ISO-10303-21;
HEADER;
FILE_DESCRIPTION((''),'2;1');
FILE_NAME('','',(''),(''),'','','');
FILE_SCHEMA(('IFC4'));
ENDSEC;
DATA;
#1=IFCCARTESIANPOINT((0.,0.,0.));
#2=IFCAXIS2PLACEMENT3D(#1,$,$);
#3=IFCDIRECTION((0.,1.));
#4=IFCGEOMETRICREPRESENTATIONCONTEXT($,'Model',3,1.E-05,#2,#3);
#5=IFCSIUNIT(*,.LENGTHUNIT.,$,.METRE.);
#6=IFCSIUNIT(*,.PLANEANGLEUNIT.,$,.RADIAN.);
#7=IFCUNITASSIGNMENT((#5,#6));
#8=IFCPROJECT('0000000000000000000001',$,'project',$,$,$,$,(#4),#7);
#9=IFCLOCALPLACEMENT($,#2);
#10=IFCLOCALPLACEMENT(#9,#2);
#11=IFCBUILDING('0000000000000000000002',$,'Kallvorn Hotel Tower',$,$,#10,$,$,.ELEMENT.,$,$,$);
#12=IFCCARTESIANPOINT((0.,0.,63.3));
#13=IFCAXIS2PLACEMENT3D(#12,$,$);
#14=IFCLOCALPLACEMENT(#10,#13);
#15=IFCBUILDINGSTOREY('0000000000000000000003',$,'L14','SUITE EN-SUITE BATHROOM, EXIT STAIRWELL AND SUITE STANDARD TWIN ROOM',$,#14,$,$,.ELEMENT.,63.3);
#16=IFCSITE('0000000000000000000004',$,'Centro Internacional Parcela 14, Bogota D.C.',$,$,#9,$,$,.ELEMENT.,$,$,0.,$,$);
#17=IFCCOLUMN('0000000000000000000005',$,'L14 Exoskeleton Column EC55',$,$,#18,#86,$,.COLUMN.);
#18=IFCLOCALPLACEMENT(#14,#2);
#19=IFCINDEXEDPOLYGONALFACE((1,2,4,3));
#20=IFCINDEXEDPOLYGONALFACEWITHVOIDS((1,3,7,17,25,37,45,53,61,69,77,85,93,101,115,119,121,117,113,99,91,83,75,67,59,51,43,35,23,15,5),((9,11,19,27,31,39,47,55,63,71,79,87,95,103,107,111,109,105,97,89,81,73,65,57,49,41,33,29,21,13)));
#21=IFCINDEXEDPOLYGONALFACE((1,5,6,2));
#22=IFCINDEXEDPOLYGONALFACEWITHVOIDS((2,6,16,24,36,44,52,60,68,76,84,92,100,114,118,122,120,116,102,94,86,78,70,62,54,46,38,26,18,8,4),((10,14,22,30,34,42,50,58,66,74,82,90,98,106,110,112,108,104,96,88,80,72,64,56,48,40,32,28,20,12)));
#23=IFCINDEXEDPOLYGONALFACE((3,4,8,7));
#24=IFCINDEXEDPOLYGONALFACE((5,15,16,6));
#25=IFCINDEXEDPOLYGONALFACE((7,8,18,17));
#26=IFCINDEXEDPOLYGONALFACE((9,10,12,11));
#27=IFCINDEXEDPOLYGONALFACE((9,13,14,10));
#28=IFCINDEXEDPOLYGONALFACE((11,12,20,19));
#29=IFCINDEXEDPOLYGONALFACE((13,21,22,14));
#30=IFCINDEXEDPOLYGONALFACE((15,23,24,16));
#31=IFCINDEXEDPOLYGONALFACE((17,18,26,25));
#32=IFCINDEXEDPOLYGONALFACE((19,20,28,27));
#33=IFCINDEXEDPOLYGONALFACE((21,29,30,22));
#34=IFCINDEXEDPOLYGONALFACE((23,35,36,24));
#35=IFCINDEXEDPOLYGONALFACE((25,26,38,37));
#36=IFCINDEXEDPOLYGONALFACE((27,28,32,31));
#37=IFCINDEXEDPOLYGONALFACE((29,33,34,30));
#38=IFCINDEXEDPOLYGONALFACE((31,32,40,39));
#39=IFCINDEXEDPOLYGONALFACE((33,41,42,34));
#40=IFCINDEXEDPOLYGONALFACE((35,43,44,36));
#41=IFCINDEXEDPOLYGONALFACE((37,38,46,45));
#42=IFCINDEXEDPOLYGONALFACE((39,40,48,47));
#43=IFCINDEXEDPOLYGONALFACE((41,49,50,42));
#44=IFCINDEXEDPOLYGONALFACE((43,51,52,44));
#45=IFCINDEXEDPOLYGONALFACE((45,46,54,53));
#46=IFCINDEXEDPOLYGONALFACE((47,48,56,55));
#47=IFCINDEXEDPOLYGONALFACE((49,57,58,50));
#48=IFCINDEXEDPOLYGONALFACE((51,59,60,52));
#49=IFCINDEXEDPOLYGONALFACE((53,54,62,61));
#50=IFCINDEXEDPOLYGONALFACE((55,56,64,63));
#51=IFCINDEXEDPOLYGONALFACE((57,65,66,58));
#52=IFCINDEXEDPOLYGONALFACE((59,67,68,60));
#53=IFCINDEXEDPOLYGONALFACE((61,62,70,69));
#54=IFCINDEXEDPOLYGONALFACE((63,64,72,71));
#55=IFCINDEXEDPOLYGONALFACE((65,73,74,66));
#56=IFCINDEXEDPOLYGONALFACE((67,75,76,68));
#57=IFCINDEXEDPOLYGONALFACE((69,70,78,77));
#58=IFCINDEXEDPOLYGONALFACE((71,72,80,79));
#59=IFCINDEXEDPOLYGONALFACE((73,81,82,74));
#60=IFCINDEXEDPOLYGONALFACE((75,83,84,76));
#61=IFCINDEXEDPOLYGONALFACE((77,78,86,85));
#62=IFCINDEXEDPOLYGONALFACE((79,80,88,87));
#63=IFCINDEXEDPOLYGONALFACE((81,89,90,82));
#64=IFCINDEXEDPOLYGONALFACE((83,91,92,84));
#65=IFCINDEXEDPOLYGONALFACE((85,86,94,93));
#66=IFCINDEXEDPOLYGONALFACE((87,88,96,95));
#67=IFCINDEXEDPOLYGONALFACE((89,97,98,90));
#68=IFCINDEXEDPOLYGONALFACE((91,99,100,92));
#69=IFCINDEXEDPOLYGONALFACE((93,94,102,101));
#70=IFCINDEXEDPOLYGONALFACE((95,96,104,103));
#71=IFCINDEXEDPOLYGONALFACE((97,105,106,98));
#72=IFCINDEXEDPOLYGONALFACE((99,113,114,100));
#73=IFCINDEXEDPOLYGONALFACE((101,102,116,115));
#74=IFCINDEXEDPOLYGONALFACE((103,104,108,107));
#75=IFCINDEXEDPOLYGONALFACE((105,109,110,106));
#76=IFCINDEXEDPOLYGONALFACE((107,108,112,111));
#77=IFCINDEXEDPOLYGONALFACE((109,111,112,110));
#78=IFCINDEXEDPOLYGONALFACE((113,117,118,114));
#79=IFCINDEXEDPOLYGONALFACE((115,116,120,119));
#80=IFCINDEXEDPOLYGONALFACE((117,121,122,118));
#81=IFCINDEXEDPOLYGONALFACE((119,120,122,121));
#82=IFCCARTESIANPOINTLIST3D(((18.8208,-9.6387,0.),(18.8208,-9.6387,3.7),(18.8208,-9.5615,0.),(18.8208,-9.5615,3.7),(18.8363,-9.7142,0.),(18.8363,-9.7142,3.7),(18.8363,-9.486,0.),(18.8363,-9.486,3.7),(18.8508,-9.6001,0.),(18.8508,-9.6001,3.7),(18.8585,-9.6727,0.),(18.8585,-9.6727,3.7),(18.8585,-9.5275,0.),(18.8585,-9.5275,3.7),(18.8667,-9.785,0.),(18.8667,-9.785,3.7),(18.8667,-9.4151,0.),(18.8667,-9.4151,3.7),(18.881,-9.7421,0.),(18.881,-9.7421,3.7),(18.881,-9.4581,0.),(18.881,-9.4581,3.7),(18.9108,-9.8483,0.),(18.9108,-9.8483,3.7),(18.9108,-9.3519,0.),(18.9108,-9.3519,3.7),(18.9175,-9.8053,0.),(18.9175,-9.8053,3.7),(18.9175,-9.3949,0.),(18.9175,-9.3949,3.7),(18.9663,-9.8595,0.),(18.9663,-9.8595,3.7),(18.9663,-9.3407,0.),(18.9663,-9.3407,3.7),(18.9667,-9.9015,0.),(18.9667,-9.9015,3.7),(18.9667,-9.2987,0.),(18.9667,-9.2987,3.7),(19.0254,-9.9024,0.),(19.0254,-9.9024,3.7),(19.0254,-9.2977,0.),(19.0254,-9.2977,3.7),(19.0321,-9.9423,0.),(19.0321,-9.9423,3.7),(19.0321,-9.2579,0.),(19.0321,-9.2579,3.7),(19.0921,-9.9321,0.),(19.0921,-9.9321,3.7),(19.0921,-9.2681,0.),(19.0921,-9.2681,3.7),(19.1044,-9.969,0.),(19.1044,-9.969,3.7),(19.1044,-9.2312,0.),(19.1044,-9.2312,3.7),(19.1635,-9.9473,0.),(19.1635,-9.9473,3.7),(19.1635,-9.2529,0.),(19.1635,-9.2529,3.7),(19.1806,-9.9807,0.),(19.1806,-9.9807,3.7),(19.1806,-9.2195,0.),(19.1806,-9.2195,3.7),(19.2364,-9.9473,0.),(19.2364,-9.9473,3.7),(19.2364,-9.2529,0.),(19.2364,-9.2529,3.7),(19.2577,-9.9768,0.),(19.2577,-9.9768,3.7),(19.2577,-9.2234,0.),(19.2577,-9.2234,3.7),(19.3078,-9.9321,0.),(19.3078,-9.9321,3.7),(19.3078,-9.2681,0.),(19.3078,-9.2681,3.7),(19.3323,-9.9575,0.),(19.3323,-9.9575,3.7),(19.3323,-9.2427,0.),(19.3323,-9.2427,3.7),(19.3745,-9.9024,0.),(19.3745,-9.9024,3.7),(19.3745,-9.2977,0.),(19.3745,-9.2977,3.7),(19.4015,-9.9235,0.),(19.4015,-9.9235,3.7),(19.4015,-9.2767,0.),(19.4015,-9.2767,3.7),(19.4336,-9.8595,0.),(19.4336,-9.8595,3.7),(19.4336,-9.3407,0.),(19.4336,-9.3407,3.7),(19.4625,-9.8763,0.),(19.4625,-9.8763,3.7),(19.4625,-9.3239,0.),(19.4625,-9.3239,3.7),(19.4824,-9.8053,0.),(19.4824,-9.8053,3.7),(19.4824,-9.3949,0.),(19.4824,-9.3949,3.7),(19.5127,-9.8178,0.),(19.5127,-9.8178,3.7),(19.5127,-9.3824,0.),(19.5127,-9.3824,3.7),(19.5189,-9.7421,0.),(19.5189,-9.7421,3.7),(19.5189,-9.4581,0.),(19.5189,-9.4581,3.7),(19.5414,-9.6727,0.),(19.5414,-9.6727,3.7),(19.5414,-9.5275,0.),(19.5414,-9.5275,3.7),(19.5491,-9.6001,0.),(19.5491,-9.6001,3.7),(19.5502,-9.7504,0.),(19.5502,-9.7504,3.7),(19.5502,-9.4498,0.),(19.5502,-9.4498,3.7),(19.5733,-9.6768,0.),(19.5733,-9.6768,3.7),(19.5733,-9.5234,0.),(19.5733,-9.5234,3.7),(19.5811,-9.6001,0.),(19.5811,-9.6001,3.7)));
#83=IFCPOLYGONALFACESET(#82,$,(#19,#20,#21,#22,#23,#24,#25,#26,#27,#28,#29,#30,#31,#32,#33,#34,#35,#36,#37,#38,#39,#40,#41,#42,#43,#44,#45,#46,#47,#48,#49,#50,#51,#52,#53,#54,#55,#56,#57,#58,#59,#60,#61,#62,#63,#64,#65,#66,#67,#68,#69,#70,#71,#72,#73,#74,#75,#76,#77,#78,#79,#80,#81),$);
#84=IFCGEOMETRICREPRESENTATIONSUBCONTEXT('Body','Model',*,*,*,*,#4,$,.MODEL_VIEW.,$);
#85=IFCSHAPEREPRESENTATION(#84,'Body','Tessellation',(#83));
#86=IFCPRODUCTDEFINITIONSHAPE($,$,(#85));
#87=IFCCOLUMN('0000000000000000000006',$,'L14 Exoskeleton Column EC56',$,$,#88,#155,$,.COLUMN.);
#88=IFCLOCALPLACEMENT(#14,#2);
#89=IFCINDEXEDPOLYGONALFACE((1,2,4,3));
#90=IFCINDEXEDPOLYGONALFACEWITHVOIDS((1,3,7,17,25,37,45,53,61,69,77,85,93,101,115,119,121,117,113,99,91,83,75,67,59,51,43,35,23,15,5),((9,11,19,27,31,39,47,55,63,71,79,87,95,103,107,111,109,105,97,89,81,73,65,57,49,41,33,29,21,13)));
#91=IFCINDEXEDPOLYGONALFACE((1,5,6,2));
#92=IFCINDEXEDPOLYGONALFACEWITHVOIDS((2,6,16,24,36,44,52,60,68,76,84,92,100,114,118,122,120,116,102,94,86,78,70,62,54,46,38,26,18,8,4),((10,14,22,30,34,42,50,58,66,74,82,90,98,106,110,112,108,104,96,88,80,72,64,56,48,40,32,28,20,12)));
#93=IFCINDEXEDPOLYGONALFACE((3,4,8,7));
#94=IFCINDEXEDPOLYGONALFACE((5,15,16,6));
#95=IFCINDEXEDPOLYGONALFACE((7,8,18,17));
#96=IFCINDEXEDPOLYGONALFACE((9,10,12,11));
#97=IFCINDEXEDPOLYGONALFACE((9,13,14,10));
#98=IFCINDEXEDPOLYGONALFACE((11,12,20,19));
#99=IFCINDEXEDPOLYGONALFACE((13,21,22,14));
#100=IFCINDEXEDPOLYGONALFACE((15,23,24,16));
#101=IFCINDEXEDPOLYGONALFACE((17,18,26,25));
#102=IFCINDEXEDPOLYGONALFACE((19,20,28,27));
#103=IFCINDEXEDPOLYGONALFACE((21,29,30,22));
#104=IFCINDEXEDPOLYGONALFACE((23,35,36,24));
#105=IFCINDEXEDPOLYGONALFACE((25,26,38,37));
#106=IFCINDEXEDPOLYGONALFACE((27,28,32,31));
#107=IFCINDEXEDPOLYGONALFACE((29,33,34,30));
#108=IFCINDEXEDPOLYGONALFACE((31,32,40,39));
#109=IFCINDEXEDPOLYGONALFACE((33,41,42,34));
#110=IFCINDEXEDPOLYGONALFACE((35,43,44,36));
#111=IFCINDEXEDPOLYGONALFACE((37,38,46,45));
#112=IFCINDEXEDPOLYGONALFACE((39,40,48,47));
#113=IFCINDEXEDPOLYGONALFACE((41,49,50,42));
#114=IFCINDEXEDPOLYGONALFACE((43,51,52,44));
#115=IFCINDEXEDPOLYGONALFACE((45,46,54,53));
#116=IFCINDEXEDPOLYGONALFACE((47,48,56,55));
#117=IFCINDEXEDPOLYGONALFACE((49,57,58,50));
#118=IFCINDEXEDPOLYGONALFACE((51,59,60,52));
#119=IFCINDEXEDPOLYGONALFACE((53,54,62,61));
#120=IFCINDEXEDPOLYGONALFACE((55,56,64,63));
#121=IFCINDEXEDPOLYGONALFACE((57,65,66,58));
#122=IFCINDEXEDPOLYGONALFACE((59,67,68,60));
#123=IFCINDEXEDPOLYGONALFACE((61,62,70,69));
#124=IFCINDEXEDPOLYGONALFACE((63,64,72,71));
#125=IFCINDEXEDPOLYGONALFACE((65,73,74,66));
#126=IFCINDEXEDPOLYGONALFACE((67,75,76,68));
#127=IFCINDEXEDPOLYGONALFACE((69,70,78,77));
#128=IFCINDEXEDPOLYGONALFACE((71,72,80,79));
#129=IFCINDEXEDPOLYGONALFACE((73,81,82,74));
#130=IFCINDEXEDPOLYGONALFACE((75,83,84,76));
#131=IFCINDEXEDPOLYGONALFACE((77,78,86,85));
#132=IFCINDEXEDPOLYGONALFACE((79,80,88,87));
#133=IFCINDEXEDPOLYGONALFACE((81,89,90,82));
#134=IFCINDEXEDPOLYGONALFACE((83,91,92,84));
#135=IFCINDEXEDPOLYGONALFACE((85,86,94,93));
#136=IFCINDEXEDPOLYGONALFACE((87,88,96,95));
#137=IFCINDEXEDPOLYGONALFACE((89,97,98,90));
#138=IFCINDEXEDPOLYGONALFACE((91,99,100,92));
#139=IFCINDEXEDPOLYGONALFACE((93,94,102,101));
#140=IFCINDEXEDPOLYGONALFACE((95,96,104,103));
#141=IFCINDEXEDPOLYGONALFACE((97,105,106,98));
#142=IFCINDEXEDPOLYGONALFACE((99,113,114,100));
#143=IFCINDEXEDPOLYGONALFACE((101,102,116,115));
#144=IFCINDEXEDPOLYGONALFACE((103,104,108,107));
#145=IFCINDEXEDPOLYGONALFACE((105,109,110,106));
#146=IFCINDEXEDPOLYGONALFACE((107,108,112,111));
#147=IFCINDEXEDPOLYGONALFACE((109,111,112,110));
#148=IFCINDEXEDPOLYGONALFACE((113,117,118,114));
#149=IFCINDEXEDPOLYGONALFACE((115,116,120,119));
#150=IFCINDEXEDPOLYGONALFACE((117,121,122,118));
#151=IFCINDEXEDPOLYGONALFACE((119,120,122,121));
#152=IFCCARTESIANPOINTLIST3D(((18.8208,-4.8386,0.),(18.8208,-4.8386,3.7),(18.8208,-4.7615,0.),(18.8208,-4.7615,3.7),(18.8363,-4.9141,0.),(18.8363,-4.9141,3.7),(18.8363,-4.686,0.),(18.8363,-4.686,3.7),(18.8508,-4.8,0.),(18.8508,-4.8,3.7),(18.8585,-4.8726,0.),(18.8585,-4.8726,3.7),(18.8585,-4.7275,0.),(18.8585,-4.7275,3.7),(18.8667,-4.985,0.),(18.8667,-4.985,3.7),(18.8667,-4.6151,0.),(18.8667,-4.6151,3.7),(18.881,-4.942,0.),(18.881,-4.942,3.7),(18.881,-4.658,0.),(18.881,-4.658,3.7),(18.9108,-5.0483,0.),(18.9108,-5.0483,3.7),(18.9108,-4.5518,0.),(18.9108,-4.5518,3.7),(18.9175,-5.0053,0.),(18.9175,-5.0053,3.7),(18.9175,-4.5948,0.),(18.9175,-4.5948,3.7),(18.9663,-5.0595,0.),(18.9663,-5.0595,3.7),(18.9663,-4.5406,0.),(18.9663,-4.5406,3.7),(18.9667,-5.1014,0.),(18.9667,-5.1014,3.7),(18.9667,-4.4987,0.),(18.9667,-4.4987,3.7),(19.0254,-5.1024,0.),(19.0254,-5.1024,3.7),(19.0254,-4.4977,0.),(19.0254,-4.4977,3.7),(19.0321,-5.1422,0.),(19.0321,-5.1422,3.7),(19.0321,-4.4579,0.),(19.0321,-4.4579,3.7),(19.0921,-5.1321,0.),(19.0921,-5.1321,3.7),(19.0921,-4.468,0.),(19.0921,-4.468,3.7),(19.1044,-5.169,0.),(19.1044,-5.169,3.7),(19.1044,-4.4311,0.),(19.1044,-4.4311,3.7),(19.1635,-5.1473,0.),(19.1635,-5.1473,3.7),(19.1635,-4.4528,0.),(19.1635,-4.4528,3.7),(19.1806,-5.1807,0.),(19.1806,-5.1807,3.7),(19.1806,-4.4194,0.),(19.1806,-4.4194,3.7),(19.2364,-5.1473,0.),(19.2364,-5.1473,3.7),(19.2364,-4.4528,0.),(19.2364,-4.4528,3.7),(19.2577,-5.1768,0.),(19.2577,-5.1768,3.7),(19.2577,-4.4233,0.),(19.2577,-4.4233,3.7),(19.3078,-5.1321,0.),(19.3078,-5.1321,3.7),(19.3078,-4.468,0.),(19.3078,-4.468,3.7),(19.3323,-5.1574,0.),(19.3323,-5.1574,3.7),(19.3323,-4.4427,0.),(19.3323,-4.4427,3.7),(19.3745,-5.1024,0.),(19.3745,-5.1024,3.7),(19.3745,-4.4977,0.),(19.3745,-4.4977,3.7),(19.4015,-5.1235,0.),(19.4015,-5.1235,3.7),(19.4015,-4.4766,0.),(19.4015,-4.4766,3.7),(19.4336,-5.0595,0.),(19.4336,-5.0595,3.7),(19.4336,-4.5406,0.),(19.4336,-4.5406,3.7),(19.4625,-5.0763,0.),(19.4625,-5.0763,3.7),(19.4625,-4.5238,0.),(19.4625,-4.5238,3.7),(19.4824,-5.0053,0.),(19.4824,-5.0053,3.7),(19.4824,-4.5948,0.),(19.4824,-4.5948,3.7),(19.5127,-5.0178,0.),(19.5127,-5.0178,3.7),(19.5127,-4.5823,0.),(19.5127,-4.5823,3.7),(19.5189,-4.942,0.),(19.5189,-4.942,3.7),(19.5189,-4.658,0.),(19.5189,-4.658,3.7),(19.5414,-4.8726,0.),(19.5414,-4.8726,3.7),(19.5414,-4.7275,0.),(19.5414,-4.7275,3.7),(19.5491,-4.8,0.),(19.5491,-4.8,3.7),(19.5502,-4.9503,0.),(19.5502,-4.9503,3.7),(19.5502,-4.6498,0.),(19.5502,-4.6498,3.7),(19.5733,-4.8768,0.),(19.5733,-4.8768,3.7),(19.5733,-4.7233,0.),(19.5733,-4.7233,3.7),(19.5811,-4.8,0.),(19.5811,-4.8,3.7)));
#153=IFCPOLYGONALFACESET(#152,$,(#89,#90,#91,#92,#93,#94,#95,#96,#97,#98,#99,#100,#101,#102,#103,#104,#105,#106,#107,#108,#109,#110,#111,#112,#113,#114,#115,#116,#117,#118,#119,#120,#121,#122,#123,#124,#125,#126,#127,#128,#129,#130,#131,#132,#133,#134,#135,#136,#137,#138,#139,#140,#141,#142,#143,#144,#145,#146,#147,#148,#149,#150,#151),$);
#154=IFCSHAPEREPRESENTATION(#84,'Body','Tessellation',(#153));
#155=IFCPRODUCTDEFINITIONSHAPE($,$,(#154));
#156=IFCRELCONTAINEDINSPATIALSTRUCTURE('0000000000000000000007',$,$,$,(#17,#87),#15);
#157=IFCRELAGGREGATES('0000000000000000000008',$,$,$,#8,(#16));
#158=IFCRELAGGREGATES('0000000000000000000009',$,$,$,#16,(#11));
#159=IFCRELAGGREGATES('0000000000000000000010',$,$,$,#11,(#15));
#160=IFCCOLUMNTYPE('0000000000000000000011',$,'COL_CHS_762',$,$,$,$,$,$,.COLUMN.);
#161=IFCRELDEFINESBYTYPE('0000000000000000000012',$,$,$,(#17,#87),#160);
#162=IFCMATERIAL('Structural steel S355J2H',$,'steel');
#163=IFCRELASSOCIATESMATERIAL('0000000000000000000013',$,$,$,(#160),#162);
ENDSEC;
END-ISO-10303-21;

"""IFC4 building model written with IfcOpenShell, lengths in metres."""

from ifc_helpers import new_model, si_unit, direction, frame, origin, origin_2d, place, context, subcontext, project, spatial, hollow_circle, extrude, material, material_profile, profile_set, type_object, element, save


model = new_model("IFC4")

# Units and contexts
model_context = context("Model", 3, precision=1e-05, world=origin(), true_north=direction((0.0, 1.0)))
body_context = subcontext(model_context, "Body", "Model", "MODEL_VIEW")
ifc_project = project(units=[si_unit("LENGTHUNIT", "METRE"), si_unit("PLANEANGLEUNIT", "RADIAN")], contexts=[model_context])

# Site, building, storey
site_placement = place(None, origin())
site = spatial("IfcSite", under=ifc_project, at=site_placement, Name="Centro Internacional Parcela 14, Bogota D.C.", CompositionType="ELEMENT", RefElevation=0.0)
building_placement = place(site_placement, origin())
building = spatial("IfcBuilding", under=site, at=building_placement, Name="Kallvorn Hotel Tower", CompositionType="ELEMENT")
storey_placement = place(building_placement, frame((0.0, 0.0, 63.3)))
storey = spatial("IfcBuildingStorey", under=building, at=storey_placement, Name="L14", Description="SUITE EN-SUITE BATHROOM, EXIT STAIRWELL AND SUITE STANDARD TWIN ROOM", CompositionType="ELEMENT", Elevation=63.3)

# Columns
ifc_material_1 = material(Name="Structural steel S355J2H", Category="steel")
ifc_material_profile_1 = material_profile(ifc_material_1, hollow_circle(Radius=0.3811, WallThickness=0.032, at=origin_2d()), Name="CHS 762x32")
ifc_profile_set_1 = profile_set([ifc_material_profile_1], Name="Structural steel S355J2H")
column_type_1 = type_object("IfcColumnType", Name="COL_CHS_762", PredefinedType="COLUMN", material=ifc_profile_set_1)
for number, where, z_axis, x_axis, name in (
    (1, (19.2, -9.6001, 0.0), (0.0, 0.0, 1.0), (1.0, 0.0, 0.0), "L14 Exoskeleton Column EC55"),
    (2, (19.2, -4.8, 0.0), (0.0, 0.0, 1.0), (1.0, 0.0, 0.0), "L14 Exoskeleton Column EC56"),
):
    element("IfcColumn", number, at=place(storey_placement, frame(where, z_axis=z_axis, x_axis=x_axis)), inside=storey, type_object=column_type_1, Name=name, PredefinedType="COLUMN", context=body_context, shape_type="SweptSolid", body=[
        extrude(hollow_circle(Radius=0.3811, WallThickness=0.032, at=origin_2d()), origin(), (0.0, 0.0, 1.0), 3.7),
    ])

save(model, "model.ifc")
